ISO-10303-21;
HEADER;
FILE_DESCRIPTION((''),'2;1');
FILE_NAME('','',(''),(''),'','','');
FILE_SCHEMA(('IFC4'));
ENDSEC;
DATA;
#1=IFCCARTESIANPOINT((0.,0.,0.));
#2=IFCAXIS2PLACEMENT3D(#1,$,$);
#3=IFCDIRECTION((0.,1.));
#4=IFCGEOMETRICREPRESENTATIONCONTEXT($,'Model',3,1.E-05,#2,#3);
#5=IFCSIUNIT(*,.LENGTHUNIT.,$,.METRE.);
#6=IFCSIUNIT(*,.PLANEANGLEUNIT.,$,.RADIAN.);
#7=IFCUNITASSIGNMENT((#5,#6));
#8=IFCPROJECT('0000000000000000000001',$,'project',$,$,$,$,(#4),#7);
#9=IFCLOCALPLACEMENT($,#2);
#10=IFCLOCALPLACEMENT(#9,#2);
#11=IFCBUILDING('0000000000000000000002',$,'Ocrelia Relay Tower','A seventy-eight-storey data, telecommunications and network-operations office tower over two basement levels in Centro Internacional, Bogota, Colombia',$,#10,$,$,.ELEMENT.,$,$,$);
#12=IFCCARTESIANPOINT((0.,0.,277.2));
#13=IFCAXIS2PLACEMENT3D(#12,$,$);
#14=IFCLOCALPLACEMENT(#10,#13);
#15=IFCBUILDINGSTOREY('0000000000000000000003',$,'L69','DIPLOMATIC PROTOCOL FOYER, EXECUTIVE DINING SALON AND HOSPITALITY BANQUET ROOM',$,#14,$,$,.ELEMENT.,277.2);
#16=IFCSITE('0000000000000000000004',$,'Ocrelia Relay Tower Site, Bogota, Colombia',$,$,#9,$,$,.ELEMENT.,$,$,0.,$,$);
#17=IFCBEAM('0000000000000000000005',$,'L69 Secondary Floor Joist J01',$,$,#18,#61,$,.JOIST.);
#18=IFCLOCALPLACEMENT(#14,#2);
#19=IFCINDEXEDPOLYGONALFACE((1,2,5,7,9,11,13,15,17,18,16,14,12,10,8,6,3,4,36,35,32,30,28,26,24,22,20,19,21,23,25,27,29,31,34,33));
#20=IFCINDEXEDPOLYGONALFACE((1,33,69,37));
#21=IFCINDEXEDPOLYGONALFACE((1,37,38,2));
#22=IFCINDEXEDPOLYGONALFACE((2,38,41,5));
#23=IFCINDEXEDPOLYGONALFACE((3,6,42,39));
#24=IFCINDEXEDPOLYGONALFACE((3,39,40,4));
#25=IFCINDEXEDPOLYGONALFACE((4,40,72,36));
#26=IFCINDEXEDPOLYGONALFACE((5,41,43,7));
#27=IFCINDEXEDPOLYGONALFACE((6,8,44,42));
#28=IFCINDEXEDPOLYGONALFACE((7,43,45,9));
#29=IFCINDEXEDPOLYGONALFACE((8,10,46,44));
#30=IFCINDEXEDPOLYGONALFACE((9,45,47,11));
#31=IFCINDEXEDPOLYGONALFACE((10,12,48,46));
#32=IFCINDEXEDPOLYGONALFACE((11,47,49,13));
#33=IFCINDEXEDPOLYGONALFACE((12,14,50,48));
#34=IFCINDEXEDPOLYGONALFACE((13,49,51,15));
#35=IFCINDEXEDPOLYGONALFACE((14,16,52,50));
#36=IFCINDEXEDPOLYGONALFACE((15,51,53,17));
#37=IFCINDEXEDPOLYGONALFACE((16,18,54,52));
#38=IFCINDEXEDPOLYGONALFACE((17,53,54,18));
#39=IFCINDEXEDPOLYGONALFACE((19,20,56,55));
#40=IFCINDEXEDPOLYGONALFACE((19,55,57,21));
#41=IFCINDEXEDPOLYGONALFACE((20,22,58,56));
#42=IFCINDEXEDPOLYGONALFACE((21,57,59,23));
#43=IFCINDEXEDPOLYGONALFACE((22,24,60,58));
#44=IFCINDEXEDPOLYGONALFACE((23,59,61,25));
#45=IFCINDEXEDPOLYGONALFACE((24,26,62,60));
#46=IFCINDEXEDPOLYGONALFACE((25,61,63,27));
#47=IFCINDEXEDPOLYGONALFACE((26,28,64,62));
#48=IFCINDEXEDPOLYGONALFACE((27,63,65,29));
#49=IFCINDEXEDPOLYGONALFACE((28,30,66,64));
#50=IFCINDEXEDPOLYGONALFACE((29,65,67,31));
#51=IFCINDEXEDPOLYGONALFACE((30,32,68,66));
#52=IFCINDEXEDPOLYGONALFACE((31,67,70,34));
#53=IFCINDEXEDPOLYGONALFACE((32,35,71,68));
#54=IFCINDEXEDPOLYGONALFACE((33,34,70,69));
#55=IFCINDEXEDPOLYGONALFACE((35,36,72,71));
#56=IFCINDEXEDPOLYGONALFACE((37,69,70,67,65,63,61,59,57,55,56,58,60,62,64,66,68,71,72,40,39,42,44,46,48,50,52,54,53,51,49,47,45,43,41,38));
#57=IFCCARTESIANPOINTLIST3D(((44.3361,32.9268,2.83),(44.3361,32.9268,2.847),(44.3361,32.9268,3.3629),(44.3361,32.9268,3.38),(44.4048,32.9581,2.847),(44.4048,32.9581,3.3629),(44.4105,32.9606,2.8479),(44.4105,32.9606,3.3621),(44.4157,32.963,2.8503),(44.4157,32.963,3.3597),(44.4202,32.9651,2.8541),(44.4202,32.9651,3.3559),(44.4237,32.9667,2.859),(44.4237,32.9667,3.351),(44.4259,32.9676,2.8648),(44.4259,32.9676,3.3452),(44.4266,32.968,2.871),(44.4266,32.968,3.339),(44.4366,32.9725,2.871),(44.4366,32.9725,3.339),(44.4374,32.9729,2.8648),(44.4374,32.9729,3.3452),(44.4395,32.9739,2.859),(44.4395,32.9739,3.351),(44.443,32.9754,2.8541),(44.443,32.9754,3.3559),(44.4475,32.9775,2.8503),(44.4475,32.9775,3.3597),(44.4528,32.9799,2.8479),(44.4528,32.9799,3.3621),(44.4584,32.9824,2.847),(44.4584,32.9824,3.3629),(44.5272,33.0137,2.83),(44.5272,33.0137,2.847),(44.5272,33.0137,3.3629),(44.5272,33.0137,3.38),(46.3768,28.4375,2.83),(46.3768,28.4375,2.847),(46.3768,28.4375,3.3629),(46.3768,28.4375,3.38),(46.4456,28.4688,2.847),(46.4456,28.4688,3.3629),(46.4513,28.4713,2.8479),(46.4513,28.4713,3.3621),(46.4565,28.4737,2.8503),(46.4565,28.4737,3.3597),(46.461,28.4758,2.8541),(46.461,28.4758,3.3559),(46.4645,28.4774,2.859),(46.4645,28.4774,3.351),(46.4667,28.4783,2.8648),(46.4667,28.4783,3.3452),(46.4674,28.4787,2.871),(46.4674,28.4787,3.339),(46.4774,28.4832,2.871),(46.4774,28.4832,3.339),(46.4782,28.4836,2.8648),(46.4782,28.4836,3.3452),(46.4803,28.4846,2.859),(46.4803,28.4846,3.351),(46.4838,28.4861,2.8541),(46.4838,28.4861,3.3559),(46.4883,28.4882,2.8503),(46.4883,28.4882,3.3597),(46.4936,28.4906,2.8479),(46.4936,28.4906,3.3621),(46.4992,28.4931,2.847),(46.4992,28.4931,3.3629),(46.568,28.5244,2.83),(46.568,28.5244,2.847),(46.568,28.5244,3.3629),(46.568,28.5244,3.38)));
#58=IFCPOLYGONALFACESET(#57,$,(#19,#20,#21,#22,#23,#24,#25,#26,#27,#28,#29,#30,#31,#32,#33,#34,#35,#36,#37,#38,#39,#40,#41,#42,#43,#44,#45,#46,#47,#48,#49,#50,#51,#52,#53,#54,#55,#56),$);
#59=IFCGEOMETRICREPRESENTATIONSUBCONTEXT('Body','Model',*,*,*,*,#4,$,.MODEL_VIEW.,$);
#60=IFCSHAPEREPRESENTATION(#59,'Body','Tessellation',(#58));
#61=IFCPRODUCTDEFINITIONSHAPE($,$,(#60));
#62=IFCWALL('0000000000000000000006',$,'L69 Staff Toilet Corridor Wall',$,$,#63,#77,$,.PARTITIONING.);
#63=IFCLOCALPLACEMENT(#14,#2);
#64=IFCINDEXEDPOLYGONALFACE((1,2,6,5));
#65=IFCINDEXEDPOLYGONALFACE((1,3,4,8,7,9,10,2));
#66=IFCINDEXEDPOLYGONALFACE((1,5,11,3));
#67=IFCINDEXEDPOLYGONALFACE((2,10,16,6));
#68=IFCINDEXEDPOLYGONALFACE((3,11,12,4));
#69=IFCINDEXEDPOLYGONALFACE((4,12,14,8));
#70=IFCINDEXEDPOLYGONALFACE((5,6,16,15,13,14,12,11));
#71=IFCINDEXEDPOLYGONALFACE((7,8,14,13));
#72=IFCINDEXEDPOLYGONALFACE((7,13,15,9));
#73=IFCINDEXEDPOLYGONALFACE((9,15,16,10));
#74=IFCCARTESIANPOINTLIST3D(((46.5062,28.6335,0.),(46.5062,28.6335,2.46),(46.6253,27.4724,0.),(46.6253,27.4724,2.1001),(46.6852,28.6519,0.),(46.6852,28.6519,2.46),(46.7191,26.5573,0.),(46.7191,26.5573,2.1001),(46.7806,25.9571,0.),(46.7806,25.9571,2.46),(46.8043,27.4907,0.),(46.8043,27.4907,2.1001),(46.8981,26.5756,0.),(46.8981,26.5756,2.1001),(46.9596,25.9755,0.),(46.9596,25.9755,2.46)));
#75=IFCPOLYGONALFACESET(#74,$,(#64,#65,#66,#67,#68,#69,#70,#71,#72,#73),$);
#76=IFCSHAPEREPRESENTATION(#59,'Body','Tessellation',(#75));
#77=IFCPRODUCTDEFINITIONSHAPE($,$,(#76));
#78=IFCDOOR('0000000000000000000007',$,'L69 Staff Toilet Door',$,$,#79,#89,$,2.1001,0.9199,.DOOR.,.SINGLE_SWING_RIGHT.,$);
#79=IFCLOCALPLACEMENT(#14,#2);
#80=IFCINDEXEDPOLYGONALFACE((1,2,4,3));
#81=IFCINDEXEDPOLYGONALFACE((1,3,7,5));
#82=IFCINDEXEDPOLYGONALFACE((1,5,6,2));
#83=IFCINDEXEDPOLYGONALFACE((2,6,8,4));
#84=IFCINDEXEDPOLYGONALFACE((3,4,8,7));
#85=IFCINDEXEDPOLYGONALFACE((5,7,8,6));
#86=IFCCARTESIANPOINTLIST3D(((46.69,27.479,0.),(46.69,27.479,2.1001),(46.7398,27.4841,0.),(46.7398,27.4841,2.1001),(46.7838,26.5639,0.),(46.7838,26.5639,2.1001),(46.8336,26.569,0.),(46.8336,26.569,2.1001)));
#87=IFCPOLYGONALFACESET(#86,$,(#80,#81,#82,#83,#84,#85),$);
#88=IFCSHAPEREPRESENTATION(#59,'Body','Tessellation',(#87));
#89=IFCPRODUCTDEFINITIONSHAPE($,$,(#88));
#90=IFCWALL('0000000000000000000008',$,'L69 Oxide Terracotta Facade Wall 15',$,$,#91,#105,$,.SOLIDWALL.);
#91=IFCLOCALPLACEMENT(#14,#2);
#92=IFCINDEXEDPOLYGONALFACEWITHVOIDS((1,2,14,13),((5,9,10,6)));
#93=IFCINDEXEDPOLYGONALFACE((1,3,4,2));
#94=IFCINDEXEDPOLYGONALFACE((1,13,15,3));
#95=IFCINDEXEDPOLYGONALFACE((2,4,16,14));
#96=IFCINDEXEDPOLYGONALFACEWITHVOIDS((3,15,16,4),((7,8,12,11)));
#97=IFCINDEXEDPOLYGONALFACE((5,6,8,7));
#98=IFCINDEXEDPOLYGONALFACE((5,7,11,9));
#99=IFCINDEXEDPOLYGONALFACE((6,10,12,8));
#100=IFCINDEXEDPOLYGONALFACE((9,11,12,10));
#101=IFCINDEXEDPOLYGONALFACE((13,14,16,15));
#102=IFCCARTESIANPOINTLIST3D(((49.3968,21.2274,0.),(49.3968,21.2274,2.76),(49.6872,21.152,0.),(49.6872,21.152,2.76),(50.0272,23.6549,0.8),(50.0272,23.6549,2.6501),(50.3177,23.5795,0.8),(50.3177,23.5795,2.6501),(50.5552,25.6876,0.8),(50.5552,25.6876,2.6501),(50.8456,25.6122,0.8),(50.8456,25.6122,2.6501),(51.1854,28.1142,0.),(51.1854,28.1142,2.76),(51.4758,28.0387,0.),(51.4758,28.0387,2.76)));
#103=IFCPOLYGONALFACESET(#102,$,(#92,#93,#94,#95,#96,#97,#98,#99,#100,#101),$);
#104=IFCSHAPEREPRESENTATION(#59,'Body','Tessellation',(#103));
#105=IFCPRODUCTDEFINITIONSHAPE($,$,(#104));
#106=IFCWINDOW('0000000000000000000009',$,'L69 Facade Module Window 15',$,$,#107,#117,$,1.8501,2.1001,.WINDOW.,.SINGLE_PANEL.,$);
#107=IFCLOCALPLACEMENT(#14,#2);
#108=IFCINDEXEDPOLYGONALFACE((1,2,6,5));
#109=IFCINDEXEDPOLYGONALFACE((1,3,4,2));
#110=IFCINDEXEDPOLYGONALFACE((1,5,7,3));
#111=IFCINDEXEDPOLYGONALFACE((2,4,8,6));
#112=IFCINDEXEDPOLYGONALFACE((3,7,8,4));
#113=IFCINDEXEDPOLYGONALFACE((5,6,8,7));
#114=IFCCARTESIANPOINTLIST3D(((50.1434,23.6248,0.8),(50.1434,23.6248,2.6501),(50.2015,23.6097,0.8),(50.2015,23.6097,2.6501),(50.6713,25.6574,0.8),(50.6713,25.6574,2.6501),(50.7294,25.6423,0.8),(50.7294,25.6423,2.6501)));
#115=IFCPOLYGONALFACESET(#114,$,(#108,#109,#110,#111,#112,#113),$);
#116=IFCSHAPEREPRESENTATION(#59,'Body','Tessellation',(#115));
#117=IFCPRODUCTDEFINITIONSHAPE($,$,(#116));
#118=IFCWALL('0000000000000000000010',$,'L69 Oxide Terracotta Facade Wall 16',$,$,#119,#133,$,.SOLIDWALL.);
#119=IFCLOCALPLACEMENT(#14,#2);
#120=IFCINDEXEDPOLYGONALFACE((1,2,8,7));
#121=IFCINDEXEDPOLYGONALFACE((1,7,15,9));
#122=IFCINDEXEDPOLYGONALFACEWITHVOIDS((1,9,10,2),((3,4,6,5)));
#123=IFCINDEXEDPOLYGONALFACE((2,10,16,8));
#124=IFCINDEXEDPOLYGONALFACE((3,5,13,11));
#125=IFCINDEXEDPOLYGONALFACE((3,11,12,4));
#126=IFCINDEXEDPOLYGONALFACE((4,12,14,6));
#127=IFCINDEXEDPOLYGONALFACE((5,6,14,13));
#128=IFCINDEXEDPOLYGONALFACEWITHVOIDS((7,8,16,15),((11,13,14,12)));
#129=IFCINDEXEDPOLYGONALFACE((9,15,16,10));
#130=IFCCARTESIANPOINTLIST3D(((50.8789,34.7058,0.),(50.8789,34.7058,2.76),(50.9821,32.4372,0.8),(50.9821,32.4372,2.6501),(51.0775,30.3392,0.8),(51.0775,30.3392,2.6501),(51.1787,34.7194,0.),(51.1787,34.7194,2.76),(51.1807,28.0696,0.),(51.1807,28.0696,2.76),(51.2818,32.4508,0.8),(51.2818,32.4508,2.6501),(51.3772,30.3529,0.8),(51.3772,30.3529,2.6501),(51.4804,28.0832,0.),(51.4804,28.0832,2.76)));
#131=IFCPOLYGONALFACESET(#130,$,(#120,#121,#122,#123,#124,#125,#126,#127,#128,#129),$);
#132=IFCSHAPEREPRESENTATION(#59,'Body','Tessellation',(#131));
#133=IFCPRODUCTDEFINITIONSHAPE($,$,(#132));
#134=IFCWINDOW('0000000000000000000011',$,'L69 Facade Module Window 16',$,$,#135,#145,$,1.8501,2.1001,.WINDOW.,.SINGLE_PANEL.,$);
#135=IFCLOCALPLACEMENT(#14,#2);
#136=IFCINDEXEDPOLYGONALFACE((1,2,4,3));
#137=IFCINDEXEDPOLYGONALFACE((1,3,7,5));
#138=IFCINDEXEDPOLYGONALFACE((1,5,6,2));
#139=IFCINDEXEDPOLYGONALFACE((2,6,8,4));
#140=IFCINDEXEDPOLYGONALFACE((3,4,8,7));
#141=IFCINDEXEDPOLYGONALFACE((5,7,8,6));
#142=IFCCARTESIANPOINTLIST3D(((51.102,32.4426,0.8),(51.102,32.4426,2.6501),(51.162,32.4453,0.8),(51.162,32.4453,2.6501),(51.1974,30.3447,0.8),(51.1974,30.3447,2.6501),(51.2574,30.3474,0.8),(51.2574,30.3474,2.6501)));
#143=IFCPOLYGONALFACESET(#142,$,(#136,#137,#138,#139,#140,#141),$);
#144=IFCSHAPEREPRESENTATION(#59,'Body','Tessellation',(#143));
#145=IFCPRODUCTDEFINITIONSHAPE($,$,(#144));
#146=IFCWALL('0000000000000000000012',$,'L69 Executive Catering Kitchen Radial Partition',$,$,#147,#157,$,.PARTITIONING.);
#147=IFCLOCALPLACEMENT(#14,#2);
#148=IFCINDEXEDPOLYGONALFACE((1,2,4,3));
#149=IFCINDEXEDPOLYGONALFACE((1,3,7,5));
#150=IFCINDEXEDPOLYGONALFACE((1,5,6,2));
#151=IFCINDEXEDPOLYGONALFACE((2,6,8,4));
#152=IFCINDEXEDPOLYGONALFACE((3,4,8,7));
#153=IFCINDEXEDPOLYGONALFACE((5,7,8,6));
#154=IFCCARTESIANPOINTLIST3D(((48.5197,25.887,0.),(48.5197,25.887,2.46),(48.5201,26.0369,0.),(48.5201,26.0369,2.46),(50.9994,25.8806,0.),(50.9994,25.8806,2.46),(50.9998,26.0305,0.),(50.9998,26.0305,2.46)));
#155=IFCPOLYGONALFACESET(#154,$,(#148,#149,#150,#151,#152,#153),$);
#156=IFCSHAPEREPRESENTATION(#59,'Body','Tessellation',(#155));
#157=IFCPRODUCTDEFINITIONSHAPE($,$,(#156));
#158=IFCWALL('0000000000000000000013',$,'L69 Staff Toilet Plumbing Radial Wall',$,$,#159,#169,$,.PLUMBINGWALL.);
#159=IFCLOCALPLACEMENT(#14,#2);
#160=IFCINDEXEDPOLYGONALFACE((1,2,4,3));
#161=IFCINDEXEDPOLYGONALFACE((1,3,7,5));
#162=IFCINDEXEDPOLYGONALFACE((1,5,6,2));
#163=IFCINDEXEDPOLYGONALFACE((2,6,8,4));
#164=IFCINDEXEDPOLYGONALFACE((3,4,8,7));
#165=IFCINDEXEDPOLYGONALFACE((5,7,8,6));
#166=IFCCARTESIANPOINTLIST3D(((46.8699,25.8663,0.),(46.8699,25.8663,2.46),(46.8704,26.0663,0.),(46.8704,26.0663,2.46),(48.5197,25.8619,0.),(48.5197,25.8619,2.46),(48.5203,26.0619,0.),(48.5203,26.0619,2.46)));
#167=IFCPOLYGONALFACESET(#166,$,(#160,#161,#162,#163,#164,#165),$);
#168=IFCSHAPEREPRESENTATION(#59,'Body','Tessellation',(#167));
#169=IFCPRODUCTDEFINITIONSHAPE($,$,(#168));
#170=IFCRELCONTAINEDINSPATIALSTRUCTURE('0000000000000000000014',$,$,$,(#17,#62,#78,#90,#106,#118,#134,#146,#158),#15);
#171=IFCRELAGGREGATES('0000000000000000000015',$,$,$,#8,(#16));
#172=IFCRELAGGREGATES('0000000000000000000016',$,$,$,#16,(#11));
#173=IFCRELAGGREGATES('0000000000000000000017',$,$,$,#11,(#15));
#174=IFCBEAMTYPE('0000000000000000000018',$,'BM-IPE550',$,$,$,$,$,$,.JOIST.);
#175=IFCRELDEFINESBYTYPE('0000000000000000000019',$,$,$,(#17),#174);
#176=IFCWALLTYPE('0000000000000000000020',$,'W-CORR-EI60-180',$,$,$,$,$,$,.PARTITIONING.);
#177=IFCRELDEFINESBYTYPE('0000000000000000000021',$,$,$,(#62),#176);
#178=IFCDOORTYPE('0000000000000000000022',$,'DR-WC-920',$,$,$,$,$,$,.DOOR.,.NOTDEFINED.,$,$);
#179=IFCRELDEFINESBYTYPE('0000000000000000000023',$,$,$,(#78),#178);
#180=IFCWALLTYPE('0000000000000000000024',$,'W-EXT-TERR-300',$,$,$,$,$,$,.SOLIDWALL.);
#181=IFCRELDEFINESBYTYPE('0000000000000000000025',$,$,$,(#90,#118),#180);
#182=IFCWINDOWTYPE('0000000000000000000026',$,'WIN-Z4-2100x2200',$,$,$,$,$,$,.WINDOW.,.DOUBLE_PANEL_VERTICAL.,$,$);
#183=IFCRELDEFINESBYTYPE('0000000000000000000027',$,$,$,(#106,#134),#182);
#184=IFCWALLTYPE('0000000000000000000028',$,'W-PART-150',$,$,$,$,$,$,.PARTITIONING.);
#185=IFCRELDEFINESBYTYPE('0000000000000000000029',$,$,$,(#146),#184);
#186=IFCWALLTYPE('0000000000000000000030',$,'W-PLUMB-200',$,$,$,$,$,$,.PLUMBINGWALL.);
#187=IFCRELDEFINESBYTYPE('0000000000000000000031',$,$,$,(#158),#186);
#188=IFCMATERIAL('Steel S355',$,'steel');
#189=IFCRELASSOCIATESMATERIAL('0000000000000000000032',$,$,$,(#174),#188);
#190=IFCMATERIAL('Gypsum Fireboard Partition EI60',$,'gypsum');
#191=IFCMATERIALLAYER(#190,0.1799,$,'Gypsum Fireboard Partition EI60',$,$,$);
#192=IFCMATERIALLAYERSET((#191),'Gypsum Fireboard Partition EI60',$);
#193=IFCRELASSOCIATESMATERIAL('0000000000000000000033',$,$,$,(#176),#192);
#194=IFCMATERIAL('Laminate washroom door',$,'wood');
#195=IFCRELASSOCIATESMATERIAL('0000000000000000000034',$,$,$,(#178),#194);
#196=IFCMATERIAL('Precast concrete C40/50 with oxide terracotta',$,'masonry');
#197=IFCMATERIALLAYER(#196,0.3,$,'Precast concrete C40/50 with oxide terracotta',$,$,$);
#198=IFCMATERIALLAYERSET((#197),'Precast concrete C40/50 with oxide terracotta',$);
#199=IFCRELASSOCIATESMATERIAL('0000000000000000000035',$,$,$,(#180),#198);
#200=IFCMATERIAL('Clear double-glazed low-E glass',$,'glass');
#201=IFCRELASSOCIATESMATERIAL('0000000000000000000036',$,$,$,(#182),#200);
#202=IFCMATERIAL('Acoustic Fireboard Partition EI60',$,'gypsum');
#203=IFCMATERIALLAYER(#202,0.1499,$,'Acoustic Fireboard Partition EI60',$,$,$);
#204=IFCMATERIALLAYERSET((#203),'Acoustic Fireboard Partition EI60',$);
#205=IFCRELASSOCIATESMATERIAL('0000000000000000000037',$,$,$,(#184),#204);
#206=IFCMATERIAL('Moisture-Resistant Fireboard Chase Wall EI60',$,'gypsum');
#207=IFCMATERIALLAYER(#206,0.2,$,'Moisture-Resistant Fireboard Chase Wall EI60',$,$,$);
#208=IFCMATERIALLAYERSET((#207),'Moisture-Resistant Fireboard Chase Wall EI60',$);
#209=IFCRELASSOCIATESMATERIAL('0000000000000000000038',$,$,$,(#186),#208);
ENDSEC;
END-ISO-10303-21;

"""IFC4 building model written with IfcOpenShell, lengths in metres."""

from ifc_helpers import new_model, si_unit, direction, frame, frame_2d, origin, origin_2d, place, context, subcontext, project, spatial, rectangle, i_section, extrude, material, layer, layer_set, material_profile, profile_set, type_object, element, fill, save


model = new_model("IFC4")

# Units and contexts
model_context = context("Model", 3, precision=1e-05, world=origin(), true_north=direction((0.0, 1.0)))
body_context = subcontext(model_context, "Body", "Model", "MODEL_VIEW")
ifc_project = project(units=[si_unit("LENGTHUNIT", "METRE"), si_unit("PLANEANGLEUNIT", "RADIAN")], contexts=[model_context])

# Site, building, storey
site_placement = place(None, origin())
site = spatial("IfcSite", under=ifc_project, at=site_placement, Name="Ocrelia Relay Tower Site, Bogota, Colombia", CompositionType="ELEMENT", RefElevation=0.0)
building_placement = place(site_placement, origin())
building = spatial("IfcBuilding", under=site, at=building_placement, Name="Ocrelia Relay Tower", Description="A seventy-eight-storey data, telecommunications and network-operations office tower over two basement levels in Centro Internacional, Bogota, Colombia", CompositionType="ELEMENT")
storey_placement = place(building_placement, frame((0.0, 0.0, 277.2)))
storey = spatial("IfcBuildingStorey", under=building, at=storey_placement, Name="L69", Description="DIPLOMATIC PROTOCOL FOYER, EXECUTIVE DINING SALON AND HOSPITALITY BANQUET ROOM", CompositionType="ELEMENT", Elevation=277.2)

# Beam
ifc_material_1 = material(Name="Steel S355", Category="steel")
ifc_material_profile_1 = material_profile(ifc_material_1, i_section(OverallWidth=0.21, OverallDepth=0.55, WebThickness=0.011, FlangeThickness=0.0171, FilletRadius=0.0239, at=origin_2d()), Name="IPE 550")
ifc_profile_set_1 = profile_set([ifc_material_profile_1], Name="Steel S355")
beam_type_1 = type_object("IfcBeamType", Name="BM-IPE550", PredefinedType="JOIST", material=ifc_profile_set_1)
beam_1_placement = place(storey_placement, frame((46.4724, 28.481, 3.105), z_axis=(-0.413837, 0.910351, 0.0), x_axis=(-0.910351, -0.413837, 0.0)))
element("IfcBeam", 1, at=beam_1_placement, inside=storey, type_object=beam_type_1, Name="L69 Secondary Floor Joist J01", PredefinedType="JOIST", context=body_context, shape_type="SweptSolid", body=[
    extrude(i_section(OverallWidth=0.21, OverallDepth=0.55, WebThickness=0.011, FlangeThickness=0.0171, FilletRadius=0.0239, at=origin_2d()), origin(), (0.0, 0.0, 1.0), 4.9314),
])

# Wall, opening, door
ifc_material_2 = material(Name="Gypsum Fireboard Partition EI60", Category="gypsum")
ifc_layer_1 = layer(ifc_material_2, 0.1799, Name="Gypsum Fireboard Partition EI60")
ifc_layer_set_1 = layer_set([ifc_layer_1], Name="Gypsum Fireboard Partition EI60")
wall_type_1 = type_object("IfcWallType", Name="W-CORR-EI60-180", PredefinedType="PARTITIONING", material=ifc_layer_set_1)
wall_1_placement = place(storey_placement, frame((46.8701, 25.9663, 0.0), z_axis=(0.0, 0.0, 1.0), x_axis=(-0.101992, 0.994785, 0.0)))
wall_1 = element("IfcWall", 2, at=wall_1_placement, inside=storey, type_object=wall_type_1, Name="L69 Staff Toilet Corridor Wall", PredefinedType="PARTITIONING", context=body_context, shape_type="SweptSolid", body=[
    extrude(rectangle(XDim=2.6904, YDim=0.1799, at=frame_2d((1.3452, 0.0))), origin(), (0.0, 0.0, 1.0), 2.46),
])
opening_1_placement = place(wall_1_placement, frame((0.6033, 0.0, 0.0)))
opening_1 = element("IfcOpeningElement", 3, at=opening_1_placement, cuts=wall_1, PredefinedType="OPENING", context=body_context, shape_type="SweptSolid", body=[
    extrude(rectangle(XDim=0.9199, YDim=2.1001, at=frame_2d((0.46, 1.05))), frame((0.0, 0.1001, 0.0), z_axis=(0.0, -1.0, 0.0), x_axis=(1.0, 0.0, 0.0)), (0.0, 0.0, 1.0), 0.2),
])
ifc_material_3 = material(Name="Laminate washroom door", Category="wood")
door_type = type_object("IfcDoorType", Name="DR-WC-920", OperationType="NOTDEFINED", PredefinedType="DOOR", material=ifc_material_3)
door_placement = place(opening_1_placement, origin())
door = element("IfcDoor", 4, at=door_placement, inside=storey, type_object=door_type, Name="L69 Staff Toilet Door", OperationType="SINGLE_SWING_RIGHT", OverallHeight=2.1001, OverallWidth=0.9199, PredefinedType="DOOR", context=body_context, shape_type="SweptSolid", body=[
    extrude(rectangle(XDim=0.9199, YDim=2.1001, at=frame_2d((0.46, 1.05))), frame((0.0, 0.0249, 0.0), z_axis=(0.0, -1.0, 0.0), x_axis=(1.0, 0.0, 0.0)), (0.0, 0.0, 1.0), 0.05),
])
fill(opening_1, door)

# Walls, openings, windows
ifc_material_4 = material(Name="Precast concrete C40/50 with oxide terracotta", Category="masonry")
ifc_layer_2 = layer(ifc_material_4, 0.3, Name="Precast concrete C40/50 with oxide terracotta")
ifc_layer_set_2 = layer_set([ifc_layer_2], Name="Precast concrete C40/50 with oxide terracotta")
wall_type_2 = type_object("IfcWallType", Name="W-EXT-TERR-300", PredefinedType="SOLIDWALL", material=ifc_layer_set_2)
wall_2_placement = place(storey_placement, frame((49.542, 21.1897, 0.0), z_axis=(0.0, 0.0, 1.0), x_axis=(0.251374, 0.96789, 0.0)))
wall_2 = element("IfcWall", 5, at=wall_2_placement, inside=storey, type_object=wall_type_2, Name="L69 Oxide Terracotta Facade Wall 15", PredefinedType="SOLIDWALL", context=body_context, shape_type="SweptSolid", body=[
    extrude(rectangle(XDim=7.1152, YDim=0.3, at=frame_2d((3.5576, 0.0))), origin(), (0.0, 0.0, 1.0), 2.76),
])
opening_2_placement = place(wall_2_placement, frame((2.5081, 0.0, 0.8)))
opening_2 = element("IfcOpeningElement", 6, at=opening_2_placement, cuts=wall_2, PredefinedType="OPENING", context=body_context, shape_type="SweptSolid", body=[
    extrude(rectangle(XDim=2.1001, YDim=1.8501, at=frame_2d((1.05, 0.925))), frame((0.0, 0.1602, 0.0), z_axis=(0.0, -1.0, 0.0), x_axis=(1.0, 0.0, 0.0)), (0.0, 0.0, 1.0), 0.3201),
])
ifc_material_5 = material(Name="Clear double-glazed low-E glass", Category="glass")
window_type = type_object("IfcWindowType", Name="WIN-Z4-2100x2200", PartitioningType="DOUBLE_PANEL_VERTICAL", PredefinedType="WINDOW", material=ifc_material_5)
window_1_placement = place(opening_2_placement, origin())
window_1 = element("IfcWindow", 7, at=window_1_placement, inside=storey, type_object=window_type, Name="L69 Facade Module Window 15", OverallHeight=1.8501, OverallWidth=2.1001, PartitioningType="SINGLE_PANEL", PredefinedType="WINDOW", context=body_context, shape_type="SweptSolid", body=[
    extrude(rectangle(XDim=2.1001, YDim=1.8501, at=frame_2d((1.05, 0.925))), frame((0.0, 0.03, 0.0), z_axis=(0.0, -1.0, 0.0), x_axis=(1.0, 0.0, 0.0)), (0.0, 0.0, 1.0), 0.0601),
])
fill(opening_2, window_1)
wall_3_placement = place(storey_placement, frame((51.3306, 28.0764, 0.0), z_axis=(0.0, 0.0, 1.0), x_axis=(-0.045424, 0.998968, 0.0)))
wall_3 = element("IfcWall", 8, at=wall_3_placement, inside=storey, type_object=wall_type_2, Name="L69 Oxide Terracotta Facade Wall 16", PredefinedType="SOLIDWALL", context=body_context, shape_type="SweptSolid", body=[
    extrude(rectangle(XDim=6.6431, YDim=0.3, at=frame_2d((3.3215, 0.0))), origin(), (0.0, 0.0, 1.0), 2.76),
])
opening_3_placement = place(wall_3_placement, frame((2.272, 0.0, 0.8)))
opening_3 = element("IfcOpeningElement", 9, at=opening_3_placement, cuts=wall_3, PredefinedType="OPENING", context=body_context, shape_type="SweptSolid", body=[
    extrude(rectangle(XDim=2.1001, YDim=1.8501, at=frame_2d((1.05, 0.925))), frame((0.0, 0.1602, 0.0), z_axis=(0.0, -1.0, 0.0), x_axis=(1.0, 0.0, 0.0)), (0.0, 0.0, 1.0), 0.3201),
])
window_2_placement = place(opening_3_placement, origin())
window_2 = element("IfcWindow", 10, at=window_2_placement, inside=storey, type_object=window_type, Name="L69 Facade Module Window 16", OverallHeight=1.8501, OverallWidth=2.1001, PartitioningType="SINGLE_PANEL", PredefinedType="WINDOW", context=body_context, shape_type="SweptSolid", body=[
    extrude(rectangle(XDim=2.1001, YDim=1.8501, at=frame_2d((1.05, 0.925))), frame((0.0, 0.03, 0.0), z_axis=(0.0, -1.0, 0.0), x_axis=(1.0, 0.0, 0.0)), (0.0, 0.0, 1.0), 0.0601),
])
fill(opening_3, window_2)

# Walls
ifc_material_6 = material(Name="Acoustic Fireboard Partition EI60", Category="gypsum")
ifc_layer_3 = layer(ifc_material_6, 0.1499, Name="Acoustic Fireboard Partition EI60")
ifc_layer_set_3 = layer_set([ifc_layer_3], Name="Acoustic Fireboard Partition EI60")
wall_type_3 = type_object("IfcWallType", Name="W-PART-150", PredefinedType="PARTITIONING", material=ifc_layer_set_3)
wall_4_placement = place(storey_placement, frame((48.52, 25.9619, 0.0), z_axis=(0.0, 0.0, 1.0), x_axis=(0.999997, -0.00256, 0.0)))
element("IfcWall", 11, at=wall_4_placement, inside=storey, type_object=wall_type_3, Name="L69 Executive Catering Kitchen Radial Partition", PredefinedType="PARTITIONING", context=body_context, shape_type="SweptSolid", body=[
    extrude(rectangle(XDim=2.4797, YDim=0.1499, at=frame_2d((1.2397, 0.0))), origin(), (0.0, 0.0, 1.0), 2.46),
])
ifc_material_7 = material(Name="Moisture-Resistant Fireboard Chase Wall EI60", Category="gypsum")
ifc_layer_4 = layer(ifc_material_7, 0.2, Name="Moisture-Resistant Fireboard Chase Wall EI60")
ifc_layer_set_4 = layer_set([ifc_layer_4], Name="Moisture-Resistant Fireboard Chase Wall EI60")
wall_type_4 = type_object("IfcWallType", Name="W-PLUMB-200", PredefinedType="PLUMBINGWALL", material=ifc_layer_set_4)
wall_5_placement = place(storey_placement, frame((46.8701, 25.9663, 0.0), z_axis=(0.0, 0.0, 1.0), x_axis=(0.999996, -0.002664, 0.0)))
element("IfcWall", 12, at=wall_5_placement, inside=storey, type_object=wall_type_4, Name="L69 Staff Toilet Plumbing Radial Wall", PredefinedType="PLUMBINGWALL", context=body_context, shape_type="SweptSolid", body=[
    extrude(rectangle(XDim=1.6499, YDim=0.2, at=frame_2d((0.825, 0.0))), origin(), (0.0, 0.0, 1.0), 2.46),
])

save(model, "model.ifc")
